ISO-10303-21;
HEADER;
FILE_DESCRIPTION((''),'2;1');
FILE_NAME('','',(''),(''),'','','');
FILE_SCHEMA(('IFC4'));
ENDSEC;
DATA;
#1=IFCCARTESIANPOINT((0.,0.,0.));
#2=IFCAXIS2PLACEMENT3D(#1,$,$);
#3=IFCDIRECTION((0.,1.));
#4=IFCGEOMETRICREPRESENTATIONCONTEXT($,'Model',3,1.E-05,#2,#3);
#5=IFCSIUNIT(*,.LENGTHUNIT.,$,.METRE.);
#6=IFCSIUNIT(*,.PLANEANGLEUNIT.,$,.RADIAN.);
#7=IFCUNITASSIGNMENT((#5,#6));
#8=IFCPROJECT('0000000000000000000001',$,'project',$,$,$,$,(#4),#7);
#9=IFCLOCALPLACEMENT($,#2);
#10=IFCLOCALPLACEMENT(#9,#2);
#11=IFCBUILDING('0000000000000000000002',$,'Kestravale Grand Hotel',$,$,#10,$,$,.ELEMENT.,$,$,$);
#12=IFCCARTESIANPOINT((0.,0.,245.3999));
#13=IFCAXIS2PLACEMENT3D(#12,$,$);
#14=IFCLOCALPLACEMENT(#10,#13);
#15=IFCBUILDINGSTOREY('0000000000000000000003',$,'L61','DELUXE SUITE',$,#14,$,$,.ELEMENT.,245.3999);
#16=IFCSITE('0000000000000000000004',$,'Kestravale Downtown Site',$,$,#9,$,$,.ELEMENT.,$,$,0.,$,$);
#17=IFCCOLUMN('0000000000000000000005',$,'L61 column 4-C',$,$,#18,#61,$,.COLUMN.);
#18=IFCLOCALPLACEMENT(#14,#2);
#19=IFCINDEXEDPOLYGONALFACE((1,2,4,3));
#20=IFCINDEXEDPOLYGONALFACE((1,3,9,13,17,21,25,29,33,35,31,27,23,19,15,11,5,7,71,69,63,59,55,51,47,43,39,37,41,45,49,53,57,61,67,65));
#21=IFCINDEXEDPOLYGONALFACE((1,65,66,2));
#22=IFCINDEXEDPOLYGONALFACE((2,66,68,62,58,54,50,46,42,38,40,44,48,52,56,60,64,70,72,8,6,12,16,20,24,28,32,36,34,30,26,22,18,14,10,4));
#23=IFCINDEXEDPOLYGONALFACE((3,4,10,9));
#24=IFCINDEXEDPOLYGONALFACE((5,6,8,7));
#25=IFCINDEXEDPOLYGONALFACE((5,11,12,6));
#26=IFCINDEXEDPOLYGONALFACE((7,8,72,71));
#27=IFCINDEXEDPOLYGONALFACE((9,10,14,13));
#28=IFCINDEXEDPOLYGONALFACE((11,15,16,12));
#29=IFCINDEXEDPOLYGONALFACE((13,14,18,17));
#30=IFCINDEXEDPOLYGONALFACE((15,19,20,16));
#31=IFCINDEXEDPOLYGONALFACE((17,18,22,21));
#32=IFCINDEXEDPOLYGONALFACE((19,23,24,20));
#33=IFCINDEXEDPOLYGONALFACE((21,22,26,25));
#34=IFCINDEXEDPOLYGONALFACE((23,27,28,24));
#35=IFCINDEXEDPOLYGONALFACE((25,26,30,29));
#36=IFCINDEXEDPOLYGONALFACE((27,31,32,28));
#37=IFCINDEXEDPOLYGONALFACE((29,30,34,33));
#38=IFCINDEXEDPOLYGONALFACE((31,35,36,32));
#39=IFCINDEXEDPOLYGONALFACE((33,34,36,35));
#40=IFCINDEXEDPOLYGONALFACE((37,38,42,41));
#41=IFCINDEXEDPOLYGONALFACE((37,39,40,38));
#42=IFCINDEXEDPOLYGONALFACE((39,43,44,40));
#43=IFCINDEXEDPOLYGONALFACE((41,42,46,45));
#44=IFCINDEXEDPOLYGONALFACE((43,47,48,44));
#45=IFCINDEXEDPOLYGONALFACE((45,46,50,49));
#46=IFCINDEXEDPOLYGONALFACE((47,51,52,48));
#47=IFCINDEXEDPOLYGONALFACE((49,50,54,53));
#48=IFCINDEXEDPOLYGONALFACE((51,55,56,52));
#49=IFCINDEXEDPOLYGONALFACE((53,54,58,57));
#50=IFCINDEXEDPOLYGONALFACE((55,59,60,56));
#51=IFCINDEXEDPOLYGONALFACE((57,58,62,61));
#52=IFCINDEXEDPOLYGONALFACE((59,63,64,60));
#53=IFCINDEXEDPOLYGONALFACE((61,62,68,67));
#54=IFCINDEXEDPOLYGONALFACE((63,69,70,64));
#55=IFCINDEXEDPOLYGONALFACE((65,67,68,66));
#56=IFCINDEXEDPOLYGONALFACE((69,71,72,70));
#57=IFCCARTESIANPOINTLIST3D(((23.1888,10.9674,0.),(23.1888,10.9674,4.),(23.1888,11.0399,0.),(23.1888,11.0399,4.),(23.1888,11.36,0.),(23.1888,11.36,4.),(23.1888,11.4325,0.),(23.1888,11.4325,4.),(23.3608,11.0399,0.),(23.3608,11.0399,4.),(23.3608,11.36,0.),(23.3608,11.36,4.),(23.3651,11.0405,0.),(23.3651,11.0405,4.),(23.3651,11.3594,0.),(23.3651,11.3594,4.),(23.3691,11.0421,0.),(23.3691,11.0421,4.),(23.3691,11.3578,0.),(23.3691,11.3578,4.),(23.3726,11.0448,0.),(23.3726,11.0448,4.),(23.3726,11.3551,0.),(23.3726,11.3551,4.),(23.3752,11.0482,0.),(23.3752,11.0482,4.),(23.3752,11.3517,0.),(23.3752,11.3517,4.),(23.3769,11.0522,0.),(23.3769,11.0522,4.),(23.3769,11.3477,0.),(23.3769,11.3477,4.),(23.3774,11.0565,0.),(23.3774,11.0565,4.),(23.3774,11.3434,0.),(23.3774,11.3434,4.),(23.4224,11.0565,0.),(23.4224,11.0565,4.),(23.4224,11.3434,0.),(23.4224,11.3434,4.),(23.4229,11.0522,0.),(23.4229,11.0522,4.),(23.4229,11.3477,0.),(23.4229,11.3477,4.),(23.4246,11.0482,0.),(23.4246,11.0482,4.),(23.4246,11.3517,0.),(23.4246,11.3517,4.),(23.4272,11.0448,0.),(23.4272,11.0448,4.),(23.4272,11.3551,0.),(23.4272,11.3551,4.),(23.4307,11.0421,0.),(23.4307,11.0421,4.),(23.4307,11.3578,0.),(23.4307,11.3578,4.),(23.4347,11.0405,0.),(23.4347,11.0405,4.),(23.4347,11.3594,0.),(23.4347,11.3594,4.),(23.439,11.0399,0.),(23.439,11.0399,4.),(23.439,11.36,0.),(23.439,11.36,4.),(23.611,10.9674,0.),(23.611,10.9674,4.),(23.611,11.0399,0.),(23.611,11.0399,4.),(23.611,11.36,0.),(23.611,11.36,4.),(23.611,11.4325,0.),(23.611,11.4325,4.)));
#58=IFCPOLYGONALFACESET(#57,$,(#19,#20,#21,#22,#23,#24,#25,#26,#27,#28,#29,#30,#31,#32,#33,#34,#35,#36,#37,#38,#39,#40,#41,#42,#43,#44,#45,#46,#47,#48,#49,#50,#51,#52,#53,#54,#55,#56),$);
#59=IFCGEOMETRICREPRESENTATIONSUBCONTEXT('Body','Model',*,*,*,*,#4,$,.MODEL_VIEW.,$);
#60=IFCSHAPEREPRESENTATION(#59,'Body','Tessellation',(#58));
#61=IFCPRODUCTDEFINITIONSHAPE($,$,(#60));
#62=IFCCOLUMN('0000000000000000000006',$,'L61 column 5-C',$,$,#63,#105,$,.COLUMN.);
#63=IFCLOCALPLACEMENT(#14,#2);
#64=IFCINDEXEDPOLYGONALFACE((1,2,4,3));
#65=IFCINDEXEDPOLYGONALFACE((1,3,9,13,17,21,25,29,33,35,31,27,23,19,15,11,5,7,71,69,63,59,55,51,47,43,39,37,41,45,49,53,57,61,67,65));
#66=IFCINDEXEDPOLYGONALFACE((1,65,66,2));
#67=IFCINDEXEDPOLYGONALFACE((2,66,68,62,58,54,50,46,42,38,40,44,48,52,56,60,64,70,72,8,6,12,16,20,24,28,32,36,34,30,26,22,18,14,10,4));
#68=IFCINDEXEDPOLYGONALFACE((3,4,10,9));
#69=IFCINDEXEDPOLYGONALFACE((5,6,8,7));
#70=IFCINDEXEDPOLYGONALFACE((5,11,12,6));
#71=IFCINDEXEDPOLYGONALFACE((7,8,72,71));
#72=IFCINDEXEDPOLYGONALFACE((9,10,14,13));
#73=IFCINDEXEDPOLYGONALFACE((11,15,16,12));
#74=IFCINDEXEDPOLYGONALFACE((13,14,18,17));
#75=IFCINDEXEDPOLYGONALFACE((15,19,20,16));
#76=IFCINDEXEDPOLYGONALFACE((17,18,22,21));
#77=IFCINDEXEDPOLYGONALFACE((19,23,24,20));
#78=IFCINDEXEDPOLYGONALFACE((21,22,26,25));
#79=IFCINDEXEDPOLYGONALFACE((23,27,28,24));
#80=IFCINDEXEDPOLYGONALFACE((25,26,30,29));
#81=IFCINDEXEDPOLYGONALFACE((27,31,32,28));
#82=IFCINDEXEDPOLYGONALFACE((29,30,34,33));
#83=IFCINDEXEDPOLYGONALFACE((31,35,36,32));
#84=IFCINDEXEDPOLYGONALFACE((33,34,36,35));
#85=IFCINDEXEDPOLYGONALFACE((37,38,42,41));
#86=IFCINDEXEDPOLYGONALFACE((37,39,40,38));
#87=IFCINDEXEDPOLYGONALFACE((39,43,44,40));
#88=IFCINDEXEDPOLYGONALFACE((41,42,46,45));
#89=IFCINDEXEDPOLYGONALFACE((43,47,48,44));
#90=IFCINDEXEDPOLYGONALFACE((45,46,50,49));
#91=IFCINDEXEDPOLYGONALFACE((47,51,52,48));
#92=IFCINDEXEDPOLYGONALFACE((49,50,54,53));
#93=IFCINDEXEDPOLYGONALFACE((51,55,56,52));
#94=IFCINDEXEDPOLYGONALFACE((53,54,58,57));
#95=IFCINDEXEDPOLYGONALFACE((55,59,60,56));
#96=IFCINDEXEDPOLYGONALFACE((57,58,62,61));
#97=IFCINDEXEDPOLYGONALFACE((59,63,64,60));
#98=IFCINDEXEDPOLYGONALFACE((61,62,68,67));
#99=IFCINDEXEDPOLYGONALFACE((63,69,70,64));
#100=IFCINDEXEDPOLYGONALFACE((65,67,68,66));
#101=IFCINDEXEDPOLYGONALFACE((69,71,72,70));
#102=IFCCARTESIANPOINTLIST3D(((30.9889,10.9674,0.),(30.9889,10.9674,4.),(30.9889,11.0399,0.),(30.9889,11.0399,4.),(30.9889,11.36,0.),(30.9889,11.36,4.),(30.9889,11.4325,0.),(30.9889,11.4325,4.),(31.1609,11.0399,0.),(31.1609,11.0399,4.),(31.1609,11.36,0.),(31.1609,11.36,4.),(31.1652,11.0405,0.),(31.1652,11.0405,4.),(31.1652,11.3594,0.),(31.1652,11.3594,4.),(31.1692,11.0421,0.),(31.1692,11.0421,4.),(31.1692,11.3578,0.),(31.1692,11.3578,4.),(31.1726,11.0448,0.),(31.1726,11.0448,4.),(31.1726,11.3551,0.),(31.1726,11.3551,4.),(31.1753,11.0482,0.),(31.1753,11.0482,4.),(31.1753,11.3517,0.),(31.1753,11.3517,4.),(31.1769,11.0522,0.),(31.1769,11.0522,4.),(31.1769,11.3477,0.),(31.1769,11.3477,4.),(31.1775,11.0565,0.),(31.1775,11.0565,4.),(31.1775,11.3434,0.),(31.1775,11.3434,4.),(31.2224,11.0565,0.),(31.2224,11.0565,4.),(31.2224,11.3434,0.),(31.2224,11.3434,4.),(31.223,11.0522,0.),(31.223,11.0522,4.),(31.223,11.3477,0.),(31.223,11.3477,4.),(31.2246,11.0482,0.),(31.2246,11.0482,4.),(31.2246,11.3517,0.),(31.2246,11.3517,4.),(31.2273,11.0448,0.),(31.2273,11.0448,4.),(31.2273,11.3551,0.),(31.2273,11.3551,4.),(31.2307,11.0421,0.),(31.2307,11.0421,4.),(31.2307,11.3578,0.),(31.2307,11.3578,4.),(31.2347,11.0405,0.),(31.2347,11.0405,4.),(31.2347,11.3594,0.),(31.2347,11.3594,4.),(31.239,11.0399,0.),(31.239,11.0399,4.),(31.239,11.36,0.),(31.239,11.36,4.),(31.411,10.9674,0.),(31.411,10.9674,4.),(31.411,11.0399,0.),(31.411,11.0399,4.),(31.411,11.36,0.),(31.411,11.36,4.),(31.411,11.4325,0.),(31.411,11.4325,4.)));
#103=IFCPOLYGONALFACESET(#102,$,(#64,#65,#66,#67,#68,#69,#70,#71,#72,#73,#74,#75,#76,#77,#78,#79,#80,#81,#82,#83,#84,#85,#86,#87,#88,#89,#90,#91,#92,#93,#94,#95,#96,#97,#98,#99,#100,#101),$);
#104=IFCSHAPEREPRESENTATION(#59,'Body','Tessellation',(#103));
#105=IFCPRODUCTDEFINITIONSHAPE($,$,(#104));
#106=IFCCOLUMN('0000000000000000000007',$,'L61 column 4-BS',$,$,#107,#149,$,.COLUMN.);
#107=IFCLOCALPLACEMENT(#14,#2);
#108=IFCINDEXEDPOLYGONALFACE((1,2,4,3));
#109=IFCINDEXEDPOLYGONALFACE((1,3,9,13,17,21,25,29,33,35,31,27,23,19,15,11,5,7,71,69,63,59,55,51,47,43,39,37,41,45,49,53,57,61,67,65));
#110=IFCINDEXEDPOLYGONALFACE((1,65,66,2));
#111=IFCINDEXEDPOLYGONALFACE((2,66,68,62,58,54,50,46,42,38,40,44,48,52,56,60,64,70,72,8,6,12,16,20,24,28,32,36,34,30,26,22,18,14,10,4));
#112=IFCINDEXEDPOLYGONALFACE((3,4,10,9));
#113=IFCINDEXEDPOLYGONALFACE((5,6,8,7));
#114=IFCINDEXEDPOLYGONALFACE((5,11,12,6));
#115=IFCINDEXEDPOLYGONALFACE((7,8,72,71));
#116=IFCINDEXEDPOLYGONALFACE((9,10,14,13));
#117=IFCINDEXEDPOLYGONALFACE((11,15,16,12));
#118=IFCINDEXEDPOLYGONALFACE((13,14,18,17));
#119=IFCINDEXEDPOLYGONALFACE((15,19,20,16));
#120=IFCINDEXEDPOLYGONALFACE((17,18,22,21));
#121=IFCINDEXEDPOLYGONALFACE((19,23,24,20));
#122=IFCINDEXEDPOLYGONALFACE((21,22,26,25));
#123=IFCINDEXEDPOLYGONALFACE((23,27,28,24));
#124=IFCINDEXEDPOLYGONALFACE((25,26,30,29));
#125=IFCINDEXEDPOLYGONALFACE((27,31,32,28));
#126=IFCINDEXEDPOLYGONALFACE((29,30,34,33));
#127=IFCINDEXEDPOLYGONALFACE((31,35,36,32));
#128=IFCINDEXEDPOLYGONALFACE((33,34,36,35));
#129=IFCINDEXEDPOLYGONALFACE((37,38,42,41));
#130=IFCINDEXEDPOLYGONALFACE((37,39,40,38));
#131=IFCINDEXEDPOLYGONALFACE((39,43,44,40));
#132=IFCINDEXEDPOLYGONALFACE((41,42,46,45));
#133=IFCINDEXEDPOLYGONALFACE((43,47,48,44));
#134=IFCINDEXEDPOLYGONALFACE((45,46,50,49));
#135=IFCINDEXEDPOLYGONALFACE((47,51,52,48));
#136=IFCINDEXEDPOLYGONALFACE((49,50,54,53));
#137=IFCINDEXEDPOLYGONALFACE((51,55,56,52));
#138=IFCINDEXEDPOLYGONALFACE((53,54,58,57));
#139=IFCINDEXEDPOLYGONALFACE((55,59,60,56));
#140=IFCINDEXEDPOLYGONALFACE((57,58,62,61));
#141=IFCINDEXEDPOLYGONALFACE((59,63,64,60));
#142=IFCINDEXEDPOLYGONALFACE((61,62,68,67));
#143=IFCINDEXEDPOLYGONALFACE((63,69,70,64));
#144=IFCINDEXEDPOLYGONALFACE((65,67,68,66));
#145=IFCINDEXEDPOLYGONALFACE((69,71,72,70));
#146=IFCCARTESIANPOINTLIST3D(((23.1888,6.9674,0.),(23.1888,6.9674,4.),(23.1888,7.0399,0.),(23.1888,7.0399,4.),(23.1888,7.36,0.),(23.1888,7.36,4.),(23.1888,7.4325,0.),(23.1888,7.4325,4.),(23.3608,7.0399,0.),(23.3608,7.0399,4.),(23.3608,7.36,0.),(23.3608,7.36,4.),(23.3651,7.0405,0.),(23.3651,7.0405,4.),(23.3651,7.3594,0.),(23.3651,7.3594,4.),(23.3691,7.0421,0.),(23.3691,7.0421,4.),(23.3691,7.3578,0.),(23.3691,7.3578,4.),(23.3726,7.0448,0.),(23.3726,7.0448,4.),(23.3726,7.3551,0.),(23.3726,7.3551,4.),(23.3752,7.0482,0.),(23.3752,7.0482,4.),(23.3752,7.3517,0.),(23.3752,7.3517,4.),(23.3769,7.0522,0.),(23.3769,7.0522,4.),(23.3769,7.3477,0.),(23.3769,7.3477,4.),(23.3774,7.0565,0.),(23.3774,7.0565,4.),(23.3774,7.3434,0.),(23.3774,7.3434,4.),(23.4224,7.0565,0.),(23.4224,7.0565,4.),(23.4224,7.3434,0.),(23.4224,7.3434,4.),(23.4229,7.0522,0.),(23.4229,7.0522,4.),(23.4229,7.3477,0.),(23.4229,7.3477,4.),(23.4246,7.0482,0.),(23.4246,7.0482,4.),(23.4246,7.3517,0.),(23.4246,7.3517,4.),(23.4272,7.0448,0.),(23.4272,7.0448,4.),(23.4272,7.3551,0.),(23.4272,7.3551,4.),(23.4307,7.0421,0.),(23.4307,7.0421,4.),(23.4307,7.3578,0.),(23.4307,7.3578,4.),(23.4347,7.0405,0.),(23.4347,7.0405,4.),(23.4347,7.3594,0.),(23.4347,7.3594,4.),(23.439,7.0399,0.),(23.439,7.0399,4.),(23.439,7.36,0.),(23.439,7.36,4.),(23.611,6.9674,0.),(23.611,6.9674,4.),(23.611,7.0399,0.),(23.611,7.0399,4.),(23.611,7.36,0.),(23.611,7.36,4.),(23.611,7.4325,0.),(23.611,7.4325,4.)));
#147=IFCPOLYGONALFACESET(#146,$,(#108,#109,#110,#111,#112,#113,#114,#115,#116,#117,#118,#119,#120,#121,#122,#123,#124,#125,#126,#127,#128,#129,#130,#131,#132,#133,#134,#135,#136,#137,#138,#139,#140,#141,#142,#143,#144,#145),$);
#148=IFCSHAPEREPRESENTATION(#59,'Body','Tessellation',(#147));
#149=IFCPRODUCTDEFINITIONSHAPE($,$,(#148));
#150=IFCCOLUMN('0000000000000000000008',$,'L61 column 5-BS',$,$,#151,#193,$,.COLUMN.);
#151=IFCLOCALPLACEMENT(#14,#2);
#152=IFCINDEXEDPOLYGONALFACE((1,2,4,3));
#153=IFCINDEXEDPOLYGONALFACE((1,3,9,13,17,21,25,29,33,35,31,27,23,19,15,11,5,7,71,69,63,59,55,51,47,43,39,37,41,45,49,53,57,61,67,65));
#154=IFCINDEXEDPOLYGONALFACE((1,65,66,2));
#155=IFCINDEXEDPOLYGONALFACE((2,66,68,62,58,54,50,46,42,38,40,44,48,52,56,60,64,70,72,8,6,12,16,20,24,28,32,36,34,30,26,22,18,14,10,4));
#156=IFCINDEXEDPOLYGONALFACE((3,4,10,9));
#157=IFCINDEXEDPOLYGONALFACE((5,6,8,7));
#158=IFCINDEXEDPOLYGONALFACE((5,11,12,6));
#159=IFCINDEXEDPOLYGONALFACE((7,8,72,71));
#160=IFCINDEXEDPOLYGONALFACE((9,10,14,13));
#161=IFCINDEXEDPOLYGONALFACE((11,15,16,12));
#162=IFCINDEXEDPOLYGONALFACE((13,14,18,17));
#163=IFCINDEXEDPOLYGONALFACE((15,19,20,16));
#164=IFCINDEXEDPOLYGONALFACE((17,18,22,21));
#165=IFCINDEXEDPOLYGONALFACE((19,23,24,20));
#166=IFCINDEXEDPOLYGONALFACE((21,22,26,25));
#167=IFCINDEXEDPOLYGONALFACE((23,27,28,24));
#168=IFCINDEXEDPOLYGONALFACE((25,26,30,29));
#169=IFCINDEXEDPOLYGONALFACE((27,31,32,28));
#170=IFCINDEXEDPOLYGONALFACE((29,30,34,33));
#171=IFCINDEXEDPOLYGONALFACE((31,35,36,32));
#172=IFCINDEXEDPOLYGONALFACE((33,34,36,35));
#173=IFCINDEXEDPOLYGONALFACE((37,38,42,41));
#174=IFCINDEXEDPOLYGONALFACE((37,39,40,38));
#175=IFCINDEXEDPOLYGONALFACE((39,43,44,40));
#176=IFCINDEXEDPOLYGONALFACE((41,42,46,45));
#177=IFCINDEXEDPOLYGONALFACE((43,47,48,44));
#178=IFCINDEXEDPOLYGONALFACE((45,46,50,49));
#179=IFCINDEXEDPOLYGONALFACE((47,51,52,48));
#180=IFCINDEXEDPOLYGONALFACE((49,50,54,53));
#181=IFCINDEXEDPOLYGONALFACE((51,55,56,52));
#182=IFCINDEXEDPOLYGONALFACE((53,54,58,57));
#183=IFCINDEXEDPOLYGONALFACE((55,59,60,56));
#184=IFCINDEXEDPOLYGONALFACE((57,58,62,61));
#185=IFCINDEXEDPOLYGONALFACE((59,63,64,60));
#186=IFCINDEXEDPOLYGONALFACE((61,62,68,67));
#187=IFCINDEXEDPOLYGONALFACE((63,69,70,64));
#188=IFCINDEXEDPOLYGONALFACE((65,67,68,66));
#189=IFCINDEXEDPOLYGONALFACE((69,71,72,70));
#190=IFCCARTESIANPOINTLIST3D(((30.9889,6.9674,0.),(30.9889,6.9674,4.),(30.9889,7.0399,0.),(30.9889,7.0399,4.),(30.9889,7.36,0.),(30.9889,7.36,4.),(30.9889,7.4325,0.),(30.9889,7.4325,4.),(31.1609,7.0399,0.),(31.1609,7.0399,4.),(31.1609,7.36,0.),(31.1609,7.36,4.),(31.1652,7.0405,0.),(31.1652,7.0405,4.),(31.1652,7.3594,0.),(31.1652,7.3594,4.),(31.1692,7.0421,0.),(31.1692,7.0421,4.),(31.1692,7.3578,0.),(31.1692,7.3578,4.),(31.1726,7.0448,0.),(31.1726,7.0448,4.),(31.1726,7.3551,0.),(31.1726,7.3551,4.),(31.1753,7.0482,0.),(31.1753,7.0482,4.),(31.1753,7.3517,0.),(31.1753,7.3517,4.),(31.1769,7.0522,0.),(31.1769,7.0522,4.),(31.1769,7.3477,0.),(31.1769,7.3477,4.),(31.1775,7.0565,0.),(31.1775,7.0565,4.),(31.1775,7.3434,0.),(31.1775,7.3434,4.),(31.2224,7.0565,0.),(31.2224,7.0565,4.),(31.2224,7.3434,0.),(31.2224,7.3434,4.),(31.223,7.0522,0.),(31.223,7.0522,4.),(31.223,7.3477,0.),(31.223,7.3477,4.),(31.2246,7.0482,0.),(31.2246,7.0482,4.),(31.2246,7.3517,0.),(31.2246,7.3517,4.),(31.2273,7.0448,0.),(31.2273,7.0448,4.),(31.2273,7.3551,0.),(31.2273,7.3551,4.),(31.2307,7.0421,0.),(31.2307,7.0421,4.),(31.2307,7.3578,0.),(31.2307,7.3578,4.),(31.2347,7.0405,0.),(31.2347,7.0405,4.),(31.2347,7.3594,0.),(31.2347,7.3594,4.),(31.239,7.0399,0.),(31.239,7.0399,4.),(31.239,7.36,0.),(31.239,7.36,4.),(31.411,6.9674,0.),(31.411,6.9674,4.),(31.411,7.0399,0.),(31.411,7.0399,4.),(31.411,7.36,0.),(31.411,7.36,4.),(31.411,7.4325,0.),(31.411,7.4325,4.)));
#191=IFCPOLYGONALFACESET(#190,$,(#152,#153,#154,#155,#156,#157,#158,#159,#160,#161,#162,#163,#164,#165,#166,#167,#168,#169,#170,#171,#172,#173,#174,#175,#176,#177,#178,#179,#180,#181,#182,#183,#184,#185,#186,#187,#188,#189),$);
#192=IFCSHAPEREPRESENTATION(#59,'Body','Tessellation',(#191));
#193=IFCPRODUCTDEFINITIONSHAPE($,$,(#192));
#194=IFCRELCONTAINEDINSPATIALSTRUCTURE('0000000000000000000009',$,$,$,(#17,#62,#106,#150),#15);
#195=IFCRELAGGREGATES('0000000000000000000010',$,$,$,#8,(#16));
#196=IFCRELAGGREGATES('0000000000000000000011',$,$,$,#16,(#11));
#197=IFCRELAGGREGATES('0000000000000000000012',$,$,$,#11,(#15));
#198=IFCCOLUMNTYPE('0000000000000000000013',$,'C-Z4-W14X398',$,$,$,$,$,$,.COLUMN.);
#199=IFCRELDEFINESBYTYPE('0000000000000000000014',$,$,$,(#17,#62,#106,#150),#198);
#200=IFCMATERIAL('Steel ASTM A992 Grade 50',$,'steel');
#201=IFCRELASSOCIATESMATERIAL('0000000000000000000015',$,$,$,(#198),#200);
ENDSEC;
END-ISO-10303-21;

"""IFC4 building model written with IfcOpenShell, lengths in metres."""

from ifc_helpers import new_model, si_unit, direction, frame, origin, origin_2d, place, context, subcontext, project, spatial, i_section, extrude, material, material_profile, profile_set, type_object, element, save


model = new_model("IFC4")

# Units and contexts
model_context = context("Model", 3, precision=1e-05, world=origin(), true_north=direction((0.0, 1.0)))
body_context = subcontext(model_context, "Body", "Model", "MODEL_VIEW")
ifc_project = project(units=[si_unit("LENGTHUNIT", "METRE"), si_unit("PLANEANGLEUNIT", "RADIAN")], contexts=[model_context])

# Site, building, storey
site_placement = place(None, origin())
site = spatial("IfcSite", under=ifc_project, at=site_placement, Name="Kestravale Downtown Site", CompositionType="ELEMENT", RefElevation=0.0)
building_placement = place(site_placement, origin())
building = spatial("IfcBuilding", under=site, at=building_placement, Name="Kestravale Grand Hotel", CompositionType="ELEMENT")
storey_placement = place(building_placement, frame((0.0, 0.0, 245.3999)))
storey = spatial("IfcBuildingStorey", under=building, at=storey_placement, Name="L61", Description="DELUXE SUITE", CompositionType="ELEMENT", Elevation=245.3999)

# Columns
ifc_material_1 = material(Name="Steel ASTM A992 Grade 50", Category="steel")
ifc_material_profile_1 = material_profile(ifc_material_1, i_section(OverallWidth=0.4221, OverallDepth=0.4651, WebThickness=0.0449, FlangeThickness=0.0725, FilletRadius=0.0166, at=origin_2d()))
ifc_profile_set_1 = profile_set([ifc_material_profile_1], Name="Steel ASTM A992 Grade 50")
column_type = type_object("IfcColumnType", Name="C-Z4-W14X398", PredefinedType="COLUMN", material=ifc_profile_set_1)
for number, where, z_axis, x_axis, name in (
    (1, (23.3999, 11.2, 0.0), (0.0, 0.0, 1.0), (1.0, 0.0, 0.0), "L61 column 4-C"),
    (2, (31.2, 11.2, 0.0), (0.0, 0.0, 1.0), (1.0, 0.0, 0.0), "L61 column 5-C"),
    (3, (23.3999, 7.2, 0.0), (0.0, 0.0, 1.0), (1.0, 0.0, 0.0), "L61 column 4-BS"),
    (4, (31.2, 7.2, 0.0), (0.0, 0.0, 1.0), (1.0, 0.0, 0.0), "L61 column 5-BS"),
):
    element("IfcColumn", number, at=place(storey_placement, frame(where, z_axis=z_axis, x_axis=x_axis)), inside=storey, type_object=column_type, Name=name, PredefinedType="COLUMN", context=body_context, shape_type="SweptSolid", body=[
        extrude(i_section(OverallWidth=0.4221, OverallDepth=0.4651, WebThickness=0.0449, FlangeThickness=0.0725, FilletRadius=0.0166, at=origin_2d()), origin(), (0.0, 0.0, 1.0), 4.0),
    ])

save(model, "model.ifc")
